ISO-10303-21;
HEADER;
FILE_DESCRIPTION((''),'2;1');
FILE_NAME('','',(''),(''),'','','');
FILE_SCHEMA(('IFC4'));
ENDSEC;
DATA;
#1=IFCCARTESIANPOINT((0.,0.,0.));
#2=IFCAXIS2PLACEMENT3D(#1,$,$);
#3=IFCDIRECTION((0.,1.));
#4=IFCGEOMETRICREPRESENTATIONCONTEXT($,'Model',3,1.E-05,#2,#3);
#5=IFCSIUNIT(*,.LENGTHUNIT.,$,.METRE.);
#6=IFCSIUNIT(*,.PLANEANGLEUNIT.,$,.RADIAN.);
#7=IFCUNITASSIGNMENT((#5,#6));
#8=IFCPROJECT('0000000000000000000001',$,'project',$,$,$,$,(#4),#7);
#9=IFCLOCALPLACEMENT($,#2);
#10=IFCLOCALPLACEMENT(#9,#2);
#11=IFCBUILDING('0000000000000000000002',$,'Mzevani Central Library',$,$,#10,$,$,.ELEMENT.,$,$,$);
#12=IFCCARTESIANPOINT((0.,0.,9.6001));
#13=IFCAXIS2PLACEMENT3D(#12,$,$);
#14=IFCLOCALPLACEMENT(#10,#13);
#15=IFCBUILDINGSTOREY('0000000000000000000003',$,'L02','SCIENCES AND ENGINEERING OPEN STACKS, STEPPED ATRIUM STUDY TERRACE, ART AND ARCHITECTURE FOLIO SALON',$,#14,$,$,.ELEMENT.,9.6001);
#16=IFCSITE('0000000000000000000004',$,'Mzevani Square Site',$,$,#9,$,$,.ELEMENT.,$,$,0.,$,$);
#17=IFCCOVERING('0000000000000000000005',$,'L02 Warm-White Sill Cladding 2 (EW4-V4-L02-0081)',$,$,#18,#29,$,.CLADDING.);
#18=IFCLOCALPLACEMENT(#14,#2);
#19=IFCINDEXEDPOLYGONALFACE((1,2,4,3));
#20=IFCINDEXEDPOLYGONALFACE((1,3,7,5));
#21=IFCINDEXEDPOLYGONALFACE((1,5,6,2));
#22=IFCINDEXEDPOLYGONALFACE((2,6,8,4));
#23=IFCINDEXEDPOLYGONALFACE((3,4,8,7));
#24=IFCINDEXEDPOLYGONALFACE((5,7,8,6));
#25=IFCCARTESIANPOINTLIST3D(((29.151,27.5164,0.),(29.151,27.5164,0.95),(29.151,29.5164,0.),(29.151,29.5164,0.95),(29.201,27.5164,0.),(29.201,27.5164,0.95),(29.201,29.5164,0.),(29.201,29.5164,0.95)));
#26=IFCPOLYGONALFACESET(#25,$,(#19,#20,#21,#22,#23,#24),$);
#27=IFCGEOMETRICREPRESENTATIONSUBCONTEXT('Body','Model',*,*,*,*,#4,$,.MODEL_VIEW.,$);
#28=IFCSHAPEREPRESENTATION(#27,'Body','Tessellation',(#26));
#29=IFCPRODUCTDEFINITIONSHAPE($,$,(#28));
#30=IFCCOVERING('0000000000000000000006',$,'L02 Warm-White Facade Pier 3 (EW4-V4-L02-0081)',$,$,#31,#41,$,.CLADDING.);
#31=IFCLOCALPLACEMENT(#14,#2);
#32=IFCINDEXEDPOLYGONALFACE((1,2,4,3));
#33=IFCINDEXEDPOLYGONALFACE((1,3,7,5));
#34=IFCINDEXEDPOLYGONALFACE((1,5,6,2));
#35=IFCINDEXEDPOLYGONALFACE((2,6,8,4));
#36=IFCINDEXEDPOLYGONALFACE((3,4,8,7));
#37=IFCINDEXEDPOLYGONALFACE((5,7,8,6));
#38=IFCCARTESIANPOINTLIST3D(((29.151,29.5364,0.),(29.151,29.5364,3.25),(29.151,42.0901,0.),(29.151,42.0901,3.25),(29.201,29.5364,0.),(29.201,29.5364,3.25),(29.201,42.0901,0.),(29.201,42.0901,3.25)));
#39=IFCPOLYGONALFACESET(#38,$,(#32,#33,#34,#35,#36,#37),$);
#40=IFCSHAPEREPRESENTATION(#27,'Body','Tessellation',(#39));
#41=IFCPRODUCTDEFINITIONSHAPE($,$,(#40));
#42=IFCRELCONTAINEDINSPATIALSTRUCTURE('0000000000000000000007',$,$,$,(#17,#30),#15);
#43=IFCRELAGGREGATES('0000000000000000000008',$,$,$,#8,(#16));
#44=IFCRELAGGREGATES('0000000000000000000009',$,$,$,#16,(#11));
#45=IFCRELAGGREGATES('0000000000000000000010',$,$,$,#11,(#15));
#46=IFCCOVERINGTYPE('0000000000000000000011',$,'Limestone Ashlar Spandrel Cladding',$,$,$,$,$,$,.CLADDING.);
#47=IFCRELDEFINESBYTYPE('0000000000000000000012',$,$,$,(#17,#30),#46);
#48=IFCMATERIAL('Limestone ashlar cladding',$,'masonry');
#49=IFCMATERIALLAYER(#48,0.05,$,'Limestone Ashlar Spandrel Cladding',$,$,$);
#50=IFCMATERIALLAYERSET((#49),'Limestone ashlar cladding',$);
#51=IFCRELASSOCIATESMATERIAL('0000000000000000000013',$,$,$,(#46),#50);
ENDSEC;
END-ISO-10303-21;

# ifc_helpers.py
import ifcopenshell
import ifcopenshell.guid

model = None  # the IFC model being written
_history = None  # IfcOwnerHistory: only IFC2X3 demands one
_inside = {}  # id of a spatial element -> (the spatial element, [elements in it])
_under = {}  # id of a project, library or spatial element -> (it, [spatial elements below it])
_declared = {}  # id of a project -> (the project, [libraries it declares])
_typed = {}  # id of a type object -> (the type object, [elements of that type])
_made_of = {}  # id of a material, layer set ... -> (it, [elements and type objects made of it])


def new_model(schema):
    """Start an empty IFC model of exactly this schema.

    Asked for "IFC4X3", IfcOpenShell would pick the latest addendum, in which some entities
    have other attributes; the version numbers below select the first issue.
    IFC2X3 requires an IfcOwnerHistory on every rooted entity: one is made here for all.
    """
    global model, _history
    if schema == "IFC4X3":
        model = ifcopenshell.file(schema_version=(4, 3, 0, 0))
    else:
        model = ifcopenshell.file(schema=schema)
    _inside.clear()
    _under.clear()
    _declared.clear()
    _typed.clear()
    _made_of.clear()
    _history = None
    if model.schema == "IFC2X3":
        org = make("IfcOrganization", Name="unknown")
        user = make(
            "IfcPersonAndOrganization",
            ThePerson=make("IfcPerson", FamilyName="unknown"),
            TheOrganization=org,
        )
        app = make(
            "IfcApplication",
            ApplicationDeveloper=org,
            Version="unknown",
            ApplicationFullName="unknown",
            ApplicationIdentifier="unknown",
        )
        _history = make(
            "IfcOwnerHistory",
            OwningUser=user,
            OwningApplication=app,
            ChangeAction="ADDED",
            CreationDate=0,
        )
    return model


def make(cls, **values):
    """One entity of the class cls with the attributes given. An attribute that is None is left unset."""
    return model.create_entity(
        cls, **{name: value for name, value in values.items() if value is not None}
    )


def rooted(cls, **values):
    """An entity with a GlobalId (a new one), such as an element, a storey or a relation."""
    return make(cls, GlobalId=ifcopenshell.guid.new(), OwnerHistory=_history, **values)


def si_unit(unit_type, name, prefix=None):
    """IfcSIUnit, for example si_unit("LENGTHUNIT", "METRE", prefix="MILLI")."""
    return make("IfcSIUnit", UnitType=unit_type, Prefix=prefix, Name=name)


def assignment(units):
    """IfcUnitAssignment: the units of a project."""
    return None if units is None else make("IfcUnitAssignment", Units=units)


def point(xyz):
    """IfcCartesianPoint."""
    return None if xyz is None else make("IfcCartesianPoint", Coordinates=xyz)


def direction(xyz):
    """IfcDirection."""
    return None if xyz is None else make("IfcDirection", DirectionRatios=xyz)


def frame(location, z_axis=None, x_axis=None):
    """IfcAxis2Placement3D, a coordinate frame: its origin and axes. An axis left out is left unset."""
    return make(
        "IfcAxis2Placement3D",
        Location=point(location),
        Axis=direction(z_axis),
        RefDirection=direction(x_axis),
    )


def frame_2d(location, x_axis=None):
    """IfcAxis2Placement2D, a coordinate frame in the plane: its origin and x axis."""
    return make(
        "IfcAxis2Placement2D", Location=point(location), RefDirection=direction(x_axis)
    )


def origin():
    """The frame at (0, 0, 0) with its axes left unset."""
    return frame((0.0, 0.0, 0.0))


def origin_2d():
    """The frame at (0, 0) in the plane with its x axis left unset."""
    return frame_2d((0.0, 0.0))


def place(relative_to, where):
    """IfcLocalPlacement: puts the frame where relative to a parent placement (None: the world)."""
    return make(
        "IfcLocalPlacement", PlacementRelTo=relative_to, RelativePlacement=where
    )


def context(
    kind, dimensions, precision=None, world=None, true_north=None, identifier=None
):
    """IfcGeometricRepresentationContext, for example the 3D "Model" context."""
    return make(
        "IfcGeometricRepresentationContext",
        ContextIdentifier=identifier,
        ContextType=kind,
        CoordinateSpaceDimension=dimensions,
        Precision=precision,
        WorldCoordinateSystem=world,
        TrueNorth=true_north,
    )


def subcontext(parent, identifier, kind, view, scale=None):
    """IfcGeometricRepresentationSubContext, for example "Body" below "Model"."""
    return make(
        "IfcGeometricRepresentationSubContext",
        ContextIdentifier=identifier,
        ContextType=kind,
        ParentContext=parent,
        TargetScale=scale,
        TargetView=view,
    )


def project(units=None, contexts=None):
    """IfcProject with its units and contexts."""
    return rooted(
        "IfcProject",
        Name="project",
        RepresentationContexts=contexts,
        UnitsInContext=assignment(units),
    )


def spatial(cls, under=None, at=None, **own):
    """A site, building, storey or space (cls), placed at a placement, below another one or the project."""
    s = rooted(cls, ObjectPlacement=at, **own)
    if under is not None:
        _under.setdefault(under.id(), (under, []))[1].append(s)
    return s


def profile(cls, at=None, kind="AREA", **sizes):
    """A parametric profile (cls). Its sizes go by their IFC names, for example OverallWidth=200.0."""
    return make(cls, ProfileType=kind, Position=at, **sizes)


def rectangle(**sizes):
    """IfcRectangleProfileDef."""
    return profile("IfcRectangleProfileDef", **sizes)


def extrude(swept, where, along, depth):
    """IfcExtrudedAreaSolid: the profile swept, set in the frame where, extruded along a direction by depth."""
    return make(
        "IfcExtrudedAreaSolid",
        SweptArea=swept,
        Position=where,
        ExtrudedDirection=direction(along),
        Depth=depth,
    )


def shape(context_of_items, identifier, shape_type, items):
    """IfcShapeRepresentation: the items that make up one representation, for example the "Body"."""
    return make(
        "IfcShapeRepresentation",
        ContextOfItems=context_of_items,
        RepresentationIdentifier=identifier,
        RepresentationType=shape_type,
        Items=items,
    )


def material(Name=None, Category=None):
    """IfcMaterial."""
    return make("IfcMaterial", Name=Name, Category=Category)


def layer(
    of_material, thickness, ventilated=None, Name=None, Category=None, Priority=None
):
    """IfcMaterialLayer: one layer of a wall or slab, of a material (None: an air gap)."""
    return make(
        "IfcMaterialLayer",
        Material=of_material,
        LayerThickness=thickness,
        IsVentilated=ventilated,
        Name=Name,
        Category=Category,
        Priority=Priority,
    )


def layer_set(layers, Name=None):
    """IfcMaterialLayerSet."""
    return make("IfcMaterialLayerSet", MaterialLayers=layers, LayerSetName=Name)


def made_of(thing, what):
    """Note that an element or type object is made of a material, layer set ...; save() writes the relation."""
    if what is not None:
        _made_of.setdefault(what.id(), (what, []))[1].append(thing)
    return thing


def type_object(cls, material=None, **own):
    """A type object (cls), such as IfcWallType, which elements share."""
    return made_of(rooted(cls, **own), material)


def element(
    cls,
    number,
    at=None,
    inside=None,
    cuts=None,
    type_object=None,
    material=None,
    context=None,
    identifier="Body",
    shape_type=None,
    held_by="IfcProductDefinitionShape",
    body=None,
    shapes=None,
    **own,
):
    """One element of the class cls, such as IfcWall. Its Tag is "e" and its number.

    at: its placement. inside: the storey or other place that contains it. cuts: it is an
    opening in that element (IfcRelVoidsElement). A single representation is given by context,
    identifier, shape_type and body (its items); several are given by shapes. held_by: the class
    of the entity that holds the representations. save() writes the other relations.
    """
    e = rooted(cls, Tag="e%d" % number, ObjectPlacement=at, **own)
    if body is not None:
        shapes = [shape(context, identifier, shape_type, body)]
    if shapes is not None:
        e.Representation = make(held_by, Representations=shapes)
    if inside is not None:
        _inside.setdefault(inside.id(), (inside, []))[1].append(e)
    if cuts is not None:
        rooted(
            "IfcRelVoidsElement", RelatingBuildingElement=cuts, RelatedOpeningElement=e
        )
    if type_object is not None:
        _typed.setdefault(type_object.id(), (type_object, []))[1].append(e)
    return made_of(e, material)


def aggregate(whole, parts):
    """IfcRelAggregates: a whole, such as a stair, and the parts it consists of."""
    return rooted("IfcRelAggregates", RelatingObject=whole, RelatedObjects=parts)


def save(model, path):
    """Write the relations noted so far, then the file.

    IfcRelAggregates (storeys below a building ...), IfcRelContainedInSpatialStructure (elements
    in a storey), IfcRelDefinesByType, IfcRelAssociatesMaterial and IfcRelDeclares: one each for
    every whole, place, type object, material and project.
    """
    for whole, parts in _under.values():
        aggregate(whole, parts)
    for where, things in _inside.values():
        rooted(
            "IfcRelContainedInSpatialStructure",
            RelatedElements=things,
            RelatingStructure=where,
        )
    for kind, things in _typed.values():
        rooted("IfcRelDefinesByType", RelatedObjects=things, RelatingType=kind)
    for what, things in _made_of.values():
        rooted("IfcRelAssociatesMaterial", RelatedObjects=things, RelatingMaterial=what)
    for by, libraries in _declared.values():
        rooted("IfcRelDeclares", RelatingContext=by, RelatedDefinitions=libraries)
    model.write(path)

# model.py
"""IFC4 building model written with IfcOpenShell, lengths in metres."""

from ifc_helpers import new_model, si_unit, direction, frame, origin, origin_2d, place, context, subcontext, project, spatial, rectangle, extrude, material, layer, layer_set, type_object, element, save


model = new_model("IFC4")

# Units and contexts
model_context = context("Model", 3, precision=1e-05, world=origin(), true_north=direction((0.0, 1.0)))
body_context = subcontext(model_context, "Body", "Model", "MODEL_VIEW")
ifc_project = project(units=[si_unit("LENGTHUNIT", "METRE"), si_unit("PLANEANGLEUNIT", "RADIAN")], contexts=[model_context])

# Site, building, storey
site_placement = place(None, origin())
site = spatial("IfcSite", under=ifc_project, at=site_placement, Name="Mzevani Square Site", CompositionType="ELEMENT", RefElevation=0.0)
building_placement = place(site_placement, origin())
building = spatial("IfcBuilding", under=site, at=building_placement, Name="Mzevani Central Library", CompositionType="ELEMENT")
storey_placement = place(building_placement, frame((0.0, 0.0, 9.6001)))
storey = spatial("IfcBuildingStorey", under=building, at=storey_placement, Name="L02", Description="SCIENCES AND ENGINEERING OPEN STACKS, STEPPED ATRIUM STUDY TERRACE, ART AND ARCHITECTURE FOLIO SALON", CompositionType="ELEMENT", Elevation=9.6001)

# Coverings
ifc_material_1 = material(Name="Limestone ashlar cladding", Category="masonry")
ifc_layer_1 = layer(ifc_material_1, 0.05, Name="Limestone Ashlar Spandrel Cladding")
ifc_layer_set_1 = layer_set([ifc_layer_1], Name="Limestone ashlar cladding")
covering_type = type_object("IfcCoveringType", Name="Limestone Ashlar Spandrel Cladding", PredefinedType="CLADDING", material=ifc_layer_set_1)
covering_1_placement = place(storey_placement, frame((29.176, 28.5164, 0.0), z_axis=(0.0, 0.0, 1.0), x_axis=(0.0, 1.0, 0.0)))
element("IfcCovering", 1, at=covering_1_placement, inside=storey, type_object=covering_type, Name="L02 Warm-White Sill Cladding 2 (EW4-V4-L02-0081)", PredefinedType="CLADDING", context=body_context, shape_type="SweptSolid", body=[
    extrude(rectangle(XDim=2.0, YDim=0.05, at=origin_2d()), origin(), (0.0, 0.0, 1.0), 0.95),
])
covering_2_placement = place(storey_placement, frame((29.176, 35.8132, 0.0), z_axis=(0.0, 0.0, 1.0), x_axis=(0.0, 1.0, 0.0)))
element("IfcCovering", 2, at=covering_2_placement, inside=storey, type_object=covering_type, Name="L02 Warm-White Facade Pier 3 (EW4-V4-L02-0081)", PredefinedType="CLADDING", context=body_context, shape_type="SweptSolid", body=[
    extrude(rectangle(XDim=12.5537, YDim=0.05, at=origin_2d()), origin(), (0.0, 0.0, 1.0), 3.25),
])

save(model, "model.ifc")
